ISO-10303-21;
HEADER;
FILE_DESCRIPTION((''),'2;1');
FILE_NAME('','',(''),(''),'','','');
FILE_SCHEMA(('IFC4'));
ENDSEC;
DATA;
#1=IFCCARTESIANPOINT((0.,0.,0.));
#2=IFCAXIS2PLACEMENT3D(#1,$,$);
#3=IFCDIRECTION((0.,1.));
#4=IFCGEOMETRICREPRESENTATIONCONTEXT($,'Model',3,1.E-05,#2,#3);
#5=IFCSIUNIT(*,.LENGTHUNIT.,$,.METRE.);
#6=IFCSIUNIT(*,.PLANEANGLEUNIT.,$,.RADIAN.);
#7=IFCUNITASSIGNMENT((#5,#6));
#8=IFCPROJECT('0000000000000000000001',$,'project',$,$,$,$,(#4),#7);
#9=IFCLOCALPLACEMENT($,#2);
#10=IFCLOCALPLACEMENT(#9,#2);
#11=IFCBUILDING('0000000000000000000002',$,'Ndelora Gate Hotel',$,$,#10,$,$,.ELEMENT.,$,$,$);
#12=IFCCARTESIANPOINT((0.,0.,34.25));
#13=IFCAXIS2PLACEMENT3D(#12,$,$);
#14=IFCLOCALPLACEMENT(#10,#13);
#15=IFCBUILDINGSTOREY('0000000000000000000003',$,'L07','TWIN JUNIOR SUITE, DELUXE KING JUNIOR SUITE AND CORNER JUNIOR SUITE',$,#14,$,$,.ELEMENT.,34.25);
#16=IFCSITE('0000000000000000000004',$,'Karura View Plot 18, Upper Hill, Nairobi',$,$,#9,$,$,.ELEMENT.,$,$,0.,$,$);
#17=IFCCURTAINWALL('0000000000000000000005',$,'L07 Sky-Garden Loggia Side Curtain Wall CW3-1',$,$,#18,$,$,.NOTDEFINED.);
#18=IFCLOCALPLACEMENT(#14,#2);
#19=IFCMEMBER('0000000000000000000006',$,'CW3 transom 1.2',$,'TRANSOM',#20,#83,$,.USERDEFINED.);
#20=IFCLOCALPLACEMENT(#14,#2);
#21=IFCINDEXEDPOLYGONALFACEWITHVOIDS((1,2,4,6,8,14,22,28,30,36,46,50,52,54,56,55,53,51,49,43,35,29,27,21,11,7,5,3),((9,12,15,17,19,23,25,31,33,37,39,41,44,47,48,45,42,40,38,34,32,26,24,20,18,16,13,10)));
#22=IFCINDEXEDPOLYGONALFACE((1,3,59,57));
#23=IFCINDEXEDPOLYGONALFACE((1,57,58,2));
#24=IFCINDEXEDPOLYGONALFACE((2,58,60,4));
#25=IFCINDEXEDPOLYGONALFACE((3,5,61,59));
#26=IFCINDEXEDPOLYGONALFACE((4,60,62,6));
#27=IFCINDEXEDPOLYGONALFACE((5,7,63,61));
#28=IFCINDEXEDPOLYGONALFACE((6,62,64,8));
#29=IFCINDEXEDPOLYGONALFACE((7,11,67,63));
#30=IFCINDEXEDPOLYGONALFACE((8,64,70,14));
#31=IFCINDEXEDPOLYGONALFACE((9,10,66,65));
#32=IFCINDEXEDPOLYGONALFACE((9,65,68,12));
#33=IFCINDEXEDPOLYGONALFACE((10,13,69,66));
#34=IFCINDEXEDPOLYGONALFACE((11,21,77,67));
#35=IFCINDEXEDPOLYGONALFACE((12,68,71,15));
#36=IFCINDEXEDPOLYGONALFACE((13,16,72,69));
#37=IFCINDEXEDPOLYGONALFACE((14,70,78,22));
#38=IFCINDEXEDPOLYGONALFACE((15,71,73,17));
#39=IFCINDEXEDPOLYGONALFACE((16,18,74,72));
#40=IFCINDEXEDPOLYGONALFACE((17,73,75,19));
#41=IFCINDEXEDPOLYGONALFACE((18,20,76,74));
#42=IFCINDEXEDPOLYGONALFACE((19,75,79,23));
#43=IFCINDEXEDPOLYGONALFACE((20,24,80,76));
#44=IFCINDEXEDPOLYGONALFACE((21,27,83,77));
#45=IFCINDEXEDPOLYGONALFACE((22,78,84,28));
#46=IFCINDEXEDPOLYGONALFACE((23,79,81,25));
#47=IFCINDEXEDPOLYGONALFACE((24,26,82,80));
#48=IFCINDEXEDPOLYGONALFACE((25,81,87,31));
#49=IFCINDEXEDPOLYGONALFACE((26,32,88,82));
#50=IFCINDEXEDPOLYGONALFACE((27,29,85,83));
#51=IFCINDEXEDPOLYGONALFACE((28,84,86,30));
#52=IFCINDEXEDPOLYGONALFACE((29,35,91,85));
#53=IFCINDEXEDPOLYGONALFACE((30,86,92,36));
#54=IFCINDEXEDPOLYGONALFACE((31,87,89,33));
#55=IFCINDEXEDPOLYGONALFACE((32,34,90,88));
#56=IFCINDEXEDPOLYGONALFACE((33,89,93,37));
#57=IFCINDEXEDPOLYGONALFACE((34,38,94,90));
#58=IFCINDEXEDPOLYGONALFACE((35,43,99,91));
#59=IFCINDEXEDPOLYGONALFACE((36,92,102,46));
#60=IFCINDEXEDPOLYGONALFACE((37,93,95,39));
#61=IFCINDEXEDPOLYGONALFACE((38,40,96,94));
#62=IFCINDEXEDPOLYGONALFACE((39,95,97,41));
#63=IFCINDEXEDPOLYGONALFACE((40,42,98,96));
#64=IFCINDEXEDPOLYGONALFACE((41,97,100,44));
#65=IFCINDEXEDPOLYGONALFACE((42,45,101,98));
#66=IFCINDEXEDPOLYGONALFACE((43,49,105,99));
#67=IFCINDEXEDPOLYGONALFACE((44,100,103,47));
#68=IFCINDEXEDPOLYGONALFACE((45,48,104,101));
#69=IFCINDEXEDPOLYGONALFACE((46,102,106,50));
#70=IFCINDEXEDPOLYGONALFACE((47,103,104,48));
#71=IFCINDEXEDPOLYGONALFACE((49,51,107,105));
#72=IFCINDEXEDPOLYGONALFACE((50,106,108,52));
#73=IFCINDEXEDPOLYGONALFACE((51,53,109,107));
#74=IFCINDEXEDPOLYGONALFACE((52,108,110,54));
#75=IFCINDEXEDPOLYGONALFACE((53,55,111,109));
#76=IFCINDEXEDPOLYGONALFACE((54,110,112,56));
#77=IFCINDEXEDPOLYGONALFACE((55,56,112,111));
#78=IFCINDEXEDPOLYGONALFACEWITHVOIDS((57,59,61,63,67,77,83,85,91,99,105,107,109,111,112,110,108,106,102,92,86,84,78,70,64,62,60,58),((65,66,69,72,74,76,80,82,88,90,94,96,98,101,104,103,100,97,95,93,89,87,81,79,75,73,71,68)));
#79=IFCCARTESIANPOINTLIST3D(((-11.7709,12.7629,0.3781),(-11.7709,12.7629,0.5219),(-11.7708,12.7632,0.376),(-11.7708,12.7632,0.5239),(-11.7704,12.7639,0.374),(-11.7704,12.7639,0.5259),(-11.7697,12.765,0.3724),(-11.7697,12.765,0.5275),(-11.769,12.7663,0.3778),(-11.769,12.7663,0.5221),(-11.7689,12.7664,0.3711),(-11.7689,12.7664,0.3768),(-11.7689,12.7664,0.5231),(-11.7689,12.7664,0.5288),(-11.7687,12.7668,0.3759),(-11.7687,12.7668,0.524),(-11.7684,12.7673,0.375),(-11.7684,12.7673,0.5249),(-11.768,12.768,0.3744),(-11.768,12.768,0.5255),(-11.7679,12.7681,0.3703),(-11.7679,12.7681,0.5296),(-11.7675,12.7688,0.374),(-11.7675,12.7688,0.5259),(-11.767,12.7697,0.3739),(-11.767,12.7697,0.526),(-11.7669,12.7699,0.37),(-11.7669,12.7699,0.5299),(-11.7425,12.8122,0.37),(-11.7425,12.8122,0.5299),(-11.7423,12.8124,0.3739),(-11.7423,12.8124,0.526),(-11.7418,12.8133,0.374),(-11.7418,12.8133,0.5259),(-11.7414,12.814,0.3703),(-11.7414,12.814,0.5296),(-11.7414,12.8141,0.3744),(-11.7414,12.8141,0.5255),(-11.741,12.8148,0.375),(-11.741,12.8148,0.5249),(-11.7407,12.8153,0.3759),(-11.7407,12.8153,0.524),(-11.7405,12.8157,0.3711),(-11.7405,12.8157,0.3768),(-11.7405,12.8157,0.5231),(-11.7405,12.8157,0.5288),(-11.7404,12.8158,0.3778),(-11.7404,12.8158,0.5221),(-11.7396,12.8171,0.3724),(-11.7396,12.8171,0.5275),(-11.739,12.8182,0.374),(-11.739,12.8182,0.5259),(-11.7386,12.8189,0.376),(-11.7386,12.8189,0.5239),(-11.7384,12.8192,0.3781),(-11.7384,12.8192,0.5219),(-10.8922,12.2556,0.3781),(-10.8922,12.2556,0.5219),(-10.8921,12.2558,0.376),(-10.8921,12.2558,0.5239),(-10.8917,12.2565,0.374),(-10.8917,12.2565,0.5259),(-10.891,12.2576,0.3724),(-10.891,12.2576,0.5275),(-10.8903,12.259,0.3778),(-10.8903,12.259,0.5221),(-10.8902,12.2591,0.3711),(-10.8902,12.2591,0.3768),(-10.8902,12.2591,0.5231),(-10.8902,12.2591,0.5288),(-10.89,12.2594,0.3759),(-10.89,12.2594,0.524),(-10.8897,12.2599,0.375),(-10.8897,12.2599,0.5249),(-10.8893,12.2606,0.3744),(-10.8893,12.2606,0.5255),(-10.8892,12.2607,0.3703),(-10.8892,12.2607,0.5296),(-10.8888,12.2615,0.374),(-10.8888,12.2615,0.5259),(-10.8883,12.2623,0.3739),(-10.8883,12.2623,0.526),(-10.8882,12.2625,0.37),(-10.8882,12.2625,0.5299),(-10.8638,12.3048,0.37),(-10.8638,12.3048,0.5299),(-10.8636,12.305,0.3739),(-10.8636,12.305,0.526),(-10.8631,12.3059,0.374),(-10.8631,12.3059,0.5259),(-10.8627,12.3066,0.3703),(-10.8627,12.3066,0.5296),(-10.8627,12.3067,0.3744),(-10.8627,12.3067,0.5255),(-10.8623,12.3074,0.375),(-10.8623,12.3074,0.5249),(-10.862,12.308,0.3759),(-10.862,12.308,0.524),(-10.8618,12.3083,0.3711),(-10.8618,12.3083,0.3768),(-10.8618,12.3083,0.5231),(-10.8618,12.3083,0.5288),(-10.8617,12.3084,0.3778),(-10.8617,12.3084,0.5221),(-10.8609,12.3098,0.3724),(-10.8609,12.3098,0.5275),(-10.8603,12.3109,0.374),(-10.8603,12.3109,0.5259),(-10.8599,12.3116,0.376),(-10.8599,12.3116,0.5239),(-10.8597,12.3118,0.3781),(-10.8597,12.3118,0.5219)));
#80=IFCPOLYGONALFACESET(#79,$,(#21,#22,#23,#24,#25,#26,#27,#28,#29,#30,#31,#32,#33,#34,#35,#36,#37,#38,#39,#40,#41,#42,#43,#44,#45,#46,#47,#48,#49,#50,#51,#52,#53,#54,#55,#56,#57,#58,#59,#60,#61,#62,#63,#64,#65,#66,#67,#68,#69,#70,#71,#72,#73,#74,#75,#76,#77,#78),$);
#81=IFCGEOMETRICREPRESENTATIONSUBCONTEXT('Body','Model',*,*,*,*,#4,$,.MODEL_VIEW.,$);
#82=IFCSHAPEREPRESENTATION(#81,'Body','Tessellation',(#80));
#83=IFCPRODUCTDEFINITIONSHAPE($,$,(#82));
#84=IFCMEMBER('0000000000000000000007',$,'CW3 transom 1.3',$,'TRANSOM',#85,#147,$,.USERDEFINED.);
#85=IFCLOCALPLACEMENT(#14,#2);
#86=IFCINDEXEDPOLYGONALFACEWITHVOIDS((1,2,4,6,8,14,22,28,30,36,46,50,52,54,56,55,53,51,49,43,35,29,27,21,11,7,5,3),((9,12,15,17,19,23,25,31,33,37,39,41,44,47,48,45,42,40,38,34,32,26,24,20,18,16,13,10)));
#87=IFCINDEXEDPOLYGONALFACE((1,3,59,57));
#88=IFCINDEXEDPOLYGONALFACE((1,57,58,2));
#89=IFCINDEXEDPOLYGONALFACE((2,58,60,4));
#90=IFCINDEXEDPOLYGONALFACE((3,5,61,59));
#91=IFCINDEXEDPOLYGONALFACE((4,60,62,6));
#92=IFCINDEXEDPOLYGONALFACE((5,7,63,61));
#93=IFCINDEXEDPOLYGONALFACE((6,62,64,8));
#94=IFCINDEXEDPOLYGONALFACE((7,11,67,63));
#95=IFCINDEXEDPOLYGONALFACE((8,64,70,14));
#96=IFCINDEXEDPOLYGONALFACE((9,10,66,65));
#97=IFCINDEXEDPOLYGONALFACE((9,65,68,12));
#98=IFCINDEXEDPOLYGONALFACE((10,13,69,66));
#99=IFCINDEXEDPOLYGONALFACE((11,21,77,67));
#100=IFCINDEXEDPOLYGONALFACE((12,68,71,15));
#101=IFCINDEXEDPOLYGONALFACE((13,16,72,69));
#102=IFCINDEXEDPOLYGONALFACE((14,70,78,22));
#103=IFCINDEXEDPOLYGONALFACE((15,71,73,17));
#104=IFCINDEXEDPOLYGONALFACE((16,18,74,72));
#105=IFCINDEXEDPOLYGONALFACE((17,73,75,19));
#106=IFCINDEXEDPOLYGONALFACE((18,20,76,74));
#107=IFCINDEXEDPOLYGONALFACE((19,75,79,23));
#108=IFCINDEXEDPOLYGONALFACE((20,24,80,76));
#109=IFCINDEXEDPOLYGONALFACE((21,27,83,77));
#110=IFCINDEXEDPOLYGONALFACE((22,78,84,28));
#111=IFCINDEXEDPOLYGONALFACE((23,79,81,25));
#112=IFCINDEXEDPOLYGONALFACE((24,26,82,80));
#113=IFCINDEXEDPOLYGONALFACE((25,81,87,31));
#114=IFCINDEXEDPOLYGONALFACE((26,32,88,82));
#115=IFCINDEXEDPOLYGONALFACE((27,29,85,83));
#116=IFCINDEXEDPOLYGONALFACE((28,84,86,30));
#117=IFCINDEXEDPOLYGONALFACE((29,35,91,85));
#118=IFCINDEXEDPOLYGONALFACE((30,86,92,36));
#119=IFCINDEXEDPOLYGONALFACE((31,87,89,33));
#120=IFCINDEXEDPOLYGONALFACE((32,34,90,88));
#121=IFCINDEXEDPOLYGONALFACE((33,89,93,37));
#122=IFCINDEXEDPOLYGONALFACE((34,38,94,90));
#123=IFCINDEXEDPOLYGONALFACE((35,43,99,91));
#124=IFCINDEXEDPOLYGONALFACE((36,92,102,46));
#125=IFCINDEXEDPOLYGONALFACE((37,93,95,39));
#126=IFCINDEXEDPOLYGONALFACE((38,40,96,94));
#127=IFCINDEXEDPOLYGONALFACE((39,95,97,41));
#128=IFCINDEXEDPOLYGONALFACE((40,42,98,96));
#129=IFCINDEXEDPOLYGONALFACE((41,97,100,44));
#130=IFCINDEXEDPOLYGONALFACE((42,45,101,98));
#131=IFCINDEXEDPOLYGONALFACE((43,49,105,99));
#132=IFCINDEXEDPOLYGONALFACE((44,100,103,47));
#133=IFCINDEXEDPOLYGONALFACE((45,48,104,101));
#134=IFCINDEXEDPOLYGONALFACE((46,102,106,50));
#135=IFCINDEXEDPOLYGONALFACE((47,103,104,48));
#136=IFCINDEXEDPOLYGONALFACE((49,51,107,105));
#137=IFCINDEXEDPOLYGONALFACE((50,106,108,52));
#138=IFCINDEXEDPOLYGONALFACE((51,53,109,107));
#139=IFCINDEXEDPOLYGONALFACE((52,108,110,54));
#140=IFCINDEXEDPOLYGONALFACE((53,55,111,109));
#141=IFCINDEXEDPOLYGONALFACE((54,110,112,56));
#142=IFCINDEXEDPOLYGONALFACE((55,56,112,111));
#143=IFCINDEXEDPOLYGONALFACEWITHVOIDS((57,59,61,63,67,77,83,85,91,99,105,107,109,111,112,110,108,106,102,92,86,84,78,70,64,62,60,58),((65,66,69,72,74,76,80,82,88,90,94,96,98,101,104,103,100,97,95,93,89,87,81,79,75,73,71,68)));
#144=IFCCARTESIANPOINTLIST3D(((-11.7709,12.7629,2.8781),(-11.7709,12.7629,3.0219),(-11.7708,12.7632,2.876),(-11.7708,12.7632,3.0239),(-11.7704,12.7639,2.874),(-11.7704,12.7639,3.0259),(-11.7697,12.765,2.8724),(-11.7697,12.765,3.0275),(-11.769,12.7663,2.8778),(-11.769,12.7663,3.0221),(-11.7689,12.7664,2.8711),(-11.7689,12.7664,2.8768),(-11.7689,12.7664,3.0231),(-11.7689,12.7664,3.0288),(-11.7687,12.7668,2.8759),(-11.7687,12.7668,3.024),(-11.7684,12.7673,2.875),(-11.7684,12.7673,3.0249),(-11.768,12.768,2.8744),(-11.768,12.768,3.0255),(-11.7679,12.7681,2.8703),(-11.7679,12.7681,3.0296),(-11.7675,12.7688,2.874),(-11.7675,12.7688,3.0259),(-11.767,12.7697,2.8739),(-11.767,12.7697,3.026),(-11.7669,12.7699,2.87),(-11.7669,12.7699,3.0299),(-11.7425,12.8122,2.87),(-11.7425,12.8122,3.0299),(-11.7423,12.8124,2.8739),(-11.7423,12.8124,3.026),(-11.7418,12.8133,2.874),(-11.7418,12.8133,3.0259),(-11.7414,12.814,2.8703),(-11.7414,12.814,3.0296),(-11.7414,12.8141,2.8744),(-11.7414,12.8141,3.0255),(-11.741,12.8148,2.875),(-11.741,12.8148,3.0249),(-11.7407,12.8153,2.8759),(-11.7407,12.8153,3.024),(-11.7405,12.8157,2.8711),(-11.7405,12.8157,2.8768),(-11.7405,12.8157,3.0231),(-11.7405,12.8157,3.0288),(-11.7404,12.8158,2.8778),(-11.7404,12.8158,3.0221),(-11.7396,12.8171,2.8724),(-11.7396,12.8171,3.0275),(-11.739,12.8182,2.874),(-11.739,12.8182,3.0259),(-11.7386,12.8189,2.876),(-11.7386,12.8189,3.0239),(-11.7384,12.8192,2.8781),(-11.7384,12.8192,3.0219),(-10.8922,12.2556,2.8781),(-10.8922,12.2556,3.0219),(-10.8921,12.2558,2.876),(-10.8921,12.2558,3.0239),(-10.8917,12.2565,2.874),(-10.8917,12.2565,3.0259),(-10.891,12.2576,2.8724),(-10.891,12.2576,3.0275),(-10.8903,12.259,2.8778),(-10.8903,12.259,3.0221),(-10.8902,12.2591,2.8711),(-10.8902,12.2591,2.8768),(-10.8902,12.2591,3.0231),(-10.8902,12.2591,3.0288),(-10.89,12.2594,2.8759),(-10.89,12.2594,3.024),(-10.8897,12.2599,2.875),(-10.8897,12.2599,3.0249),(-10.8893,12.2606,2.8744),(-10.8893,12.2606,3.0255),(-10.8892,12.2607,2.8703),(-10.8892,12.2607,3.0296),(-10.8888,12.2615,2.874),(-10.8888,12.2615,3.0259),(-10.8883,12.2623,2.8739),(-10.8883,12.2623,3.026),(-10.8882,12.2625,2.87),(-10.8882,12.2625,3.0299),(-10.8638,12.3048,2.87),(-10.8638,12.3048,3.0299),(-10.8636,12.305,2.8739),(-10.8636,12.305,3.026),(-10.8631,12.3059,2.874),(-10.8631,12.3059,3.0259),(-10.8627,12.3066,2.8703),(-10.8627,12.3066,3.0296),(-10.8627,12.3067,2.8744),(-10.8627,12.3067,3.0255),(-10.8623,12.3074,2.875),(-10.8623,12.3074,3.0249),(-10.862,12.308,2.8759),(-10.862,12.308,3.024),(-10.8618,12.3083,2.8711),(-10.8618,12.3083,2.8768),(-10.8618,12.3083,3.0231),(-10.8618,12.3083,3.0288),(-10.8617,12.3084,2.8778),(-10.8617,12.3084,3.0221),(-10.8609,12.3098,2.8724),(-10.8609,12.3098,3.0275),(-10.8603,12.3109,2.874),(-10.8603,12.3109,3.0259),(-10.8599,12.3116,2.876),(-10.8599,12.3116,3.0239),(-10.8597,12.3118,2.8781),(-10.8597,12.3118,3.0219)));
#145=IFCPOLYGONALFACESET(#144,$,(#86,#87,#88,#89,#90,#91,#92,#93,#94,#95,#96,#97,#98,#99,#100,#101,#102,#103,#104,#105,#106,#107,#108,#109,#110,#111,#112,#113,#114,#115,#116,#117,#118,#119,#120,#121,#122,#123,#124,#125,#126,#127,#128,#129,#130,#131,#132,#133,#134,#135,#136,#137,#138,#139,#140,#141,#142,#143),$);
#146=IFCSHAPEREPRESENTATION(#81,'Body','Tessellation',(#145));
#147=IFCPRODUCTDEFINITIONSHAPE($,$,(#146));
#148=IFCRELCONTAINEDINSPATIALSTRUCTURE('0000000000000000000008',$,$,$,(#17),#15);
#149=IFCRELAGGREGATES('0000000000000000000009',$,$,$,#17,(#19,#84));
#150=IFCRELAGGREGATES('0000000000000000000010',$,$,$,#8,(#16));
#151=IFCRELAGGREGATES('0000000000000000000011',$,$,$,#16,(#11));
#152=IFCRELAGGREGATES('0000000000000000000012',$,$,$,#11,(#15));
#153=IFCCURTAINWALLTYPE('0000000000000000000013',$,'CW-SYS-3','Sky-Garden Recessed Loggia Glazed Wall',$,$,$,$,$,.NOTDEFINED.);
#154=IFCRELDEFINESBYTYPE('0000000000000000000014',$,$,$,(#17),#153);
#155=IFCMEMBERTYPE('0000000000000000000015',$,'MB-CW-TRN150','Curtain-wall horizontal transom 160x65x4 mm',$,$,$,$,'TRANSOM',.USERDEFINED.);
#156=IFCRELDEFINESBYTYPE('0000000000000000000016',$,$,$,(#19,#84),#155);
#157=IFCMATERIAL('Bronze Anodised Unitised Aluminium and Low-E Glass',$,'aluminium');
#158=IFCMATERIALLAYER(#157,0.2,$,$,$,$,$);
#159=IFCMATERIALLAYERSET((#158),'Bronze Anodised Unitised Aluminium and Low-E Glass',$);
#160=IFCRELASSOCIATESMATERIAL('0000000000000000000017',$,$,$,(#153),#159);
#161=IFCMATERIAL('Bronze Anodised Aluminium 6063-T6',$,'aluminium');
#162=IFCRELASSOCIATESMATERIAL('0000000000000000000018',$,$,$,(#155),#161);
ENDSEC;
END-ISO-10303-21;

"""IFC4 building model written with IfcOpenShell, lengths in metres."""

from ifc_helpers import new_model, si_unit, direction, frame, origin, origin_2d, place, context, subcontext, project, spatial, hollow_rectangle, extrude, material, layer, layer_set, material_profile, profile_set, type_object, element, aggregate, save


model = new_model("IFC4")

# Units and contexts
model_context = context("Model", 3, precision=1e-05, world=origin(), true_north=direction((0.0, 1.0)))
body_context = subcontext(model_context, "Body", "Model", "MODEL_VIEW")
ifc_project = project(units=[si_unit("LENGTHUNIT", "METRE"), si_unit("PLANEANGLEUNIT", "RADIAN")], contexts=[model_context])

# Site, building, storey
site_placement = place(None, origin())
site = spatial("IfcSite", under=ifc_project, at=site_placement, Name="Karura View Plot 18, Upper Hill, Nairobi", CompositionType="ELEMENT", RefElevation=0.0)
building_placement = place(site_placement, origin())
building = spatial("IfcBuilding", under=site, at=building_placement, Name="Ndelora Gate Hotel", CompositionType="ELEMENT")
storey_placement = place(building_placement, frame((0.0, 0.0, 34.25)))
storey = spatial("IfcBuildingStorey", under=building, at=storey_placement, Name="L07", Description="TWIN JUNIOR SUITE, DELUXE KING JUNIOR SUITE AND CORNER JUNIOR SUITE", CompositionType="ELEMENT", Elevation=34.25)

# Curtain wall, members
ifc_material_1 = material(Name="Bronze Anodised Unitised Aluminium and Low-E Glass", Category="aluminium")
ifc_layer_1 = layer(ifc_material_1, 0.2)
ifc_layer_set_1 = layer_set([ifc_layer_1], Name="Bronze Anodised Unitised Aluminium and Low-E Glass")
curtain_wall_type = type_object("IfcCurtainWallType", Name="CW-SYS-3", Description="Sky-Garden Recessed Loggia Glazed Wall", PredefinedType="NOTDEFINED", material=ifc_layer_set_1)
curtain_wall_placement = place(storey_placement, origin())
curtain_wall = element("IfcCurtainWall", 1, at=curtain_wall_placement, inside=storey, type_object=curtain_wall_type, Name="L07 Sky-Garden Loggia Side Curtain Wall CW3-1", PredefinedType="NOTDEFINED")
ifc_material_2 = material(Name="Bronze Anodised Aluminium 6063-T6", Category="aluminium")
ifc_material_profile_1 = material_profile(ifc_material_2, hollow_rectangle(XDim=0.0649, YDim=0.1599, WallThickness=0.0039, InnerFilletRadius=0.0039, OuterFilletRadius=0.0081, at=origin_2d()), Name="ALU 160x65x4")
ifc_profile_set_1 = profile_set([ifc_material_profile_1], Name="Bronze Anodised Aluminium 6063-T6")
member_type_1 = type_object("IfcMemberType", Name="MB-CW-TRN150", Description="Curtain-wall horizontal transom 160x65x4 mm", ElementType="TRANSOM", PredefinedType="USERDEFINED", material=ifc_profile_set_1)
member_1_placement = place(storey_placement, frame((-10.876, 12.2837, 0.45), z_axis=(-0.866013, 0.500021, 0.0), x_axis=(-0.500021, -0.866013, 0.0)))
member_1 = element("IfcMember", 2, at=member_1_placement, type_object=member_type_1, Name="CW3 transom 1.2", ObjectType="TRANSOM", PredefinedType="USERDEFINED", context=body_context, shape_type="SweptSolid", body=[
    extrude(hollow_rectangle(XDim=0.0649, YDim=0.1599, WallThickness=0.0039, InnerFilletRadius=0.0039, OuterFilletRadius=0.0081, at=origin_2d()), origin(), (0.0, 0.0, 1.0), 1.0146),
])
member_2_placement = place(storey_placement, frame((-10.876, 12.2837, 2.95), z_axis=(-0.866013, 0.500021, 0.0), x_axis=(-0.500021, -0.866013, 0.0)))
member_2 = element("IfcMember", 3, at=member_2_placement, type_object=member_type_1, Name="CW3 transom 1.3", ObjectType="TRANSOM", PredefinedType="USERDEFINED", context=body_context, shape_type="SweptSolid", body=[
    extrude(hollow_rectangle(XDim=0.0649, YDim=0.1599, WallThickness=0.0039, InnerFilletRadius=0.0039, OuterFilletRadius=0.0081, at=origin_2d()), origin(), (0.0, 0.0, 1.0), 1.0146),
])
aggregate(curtain_wall, [member_1, member_2])

save(model, "model.ifc")
